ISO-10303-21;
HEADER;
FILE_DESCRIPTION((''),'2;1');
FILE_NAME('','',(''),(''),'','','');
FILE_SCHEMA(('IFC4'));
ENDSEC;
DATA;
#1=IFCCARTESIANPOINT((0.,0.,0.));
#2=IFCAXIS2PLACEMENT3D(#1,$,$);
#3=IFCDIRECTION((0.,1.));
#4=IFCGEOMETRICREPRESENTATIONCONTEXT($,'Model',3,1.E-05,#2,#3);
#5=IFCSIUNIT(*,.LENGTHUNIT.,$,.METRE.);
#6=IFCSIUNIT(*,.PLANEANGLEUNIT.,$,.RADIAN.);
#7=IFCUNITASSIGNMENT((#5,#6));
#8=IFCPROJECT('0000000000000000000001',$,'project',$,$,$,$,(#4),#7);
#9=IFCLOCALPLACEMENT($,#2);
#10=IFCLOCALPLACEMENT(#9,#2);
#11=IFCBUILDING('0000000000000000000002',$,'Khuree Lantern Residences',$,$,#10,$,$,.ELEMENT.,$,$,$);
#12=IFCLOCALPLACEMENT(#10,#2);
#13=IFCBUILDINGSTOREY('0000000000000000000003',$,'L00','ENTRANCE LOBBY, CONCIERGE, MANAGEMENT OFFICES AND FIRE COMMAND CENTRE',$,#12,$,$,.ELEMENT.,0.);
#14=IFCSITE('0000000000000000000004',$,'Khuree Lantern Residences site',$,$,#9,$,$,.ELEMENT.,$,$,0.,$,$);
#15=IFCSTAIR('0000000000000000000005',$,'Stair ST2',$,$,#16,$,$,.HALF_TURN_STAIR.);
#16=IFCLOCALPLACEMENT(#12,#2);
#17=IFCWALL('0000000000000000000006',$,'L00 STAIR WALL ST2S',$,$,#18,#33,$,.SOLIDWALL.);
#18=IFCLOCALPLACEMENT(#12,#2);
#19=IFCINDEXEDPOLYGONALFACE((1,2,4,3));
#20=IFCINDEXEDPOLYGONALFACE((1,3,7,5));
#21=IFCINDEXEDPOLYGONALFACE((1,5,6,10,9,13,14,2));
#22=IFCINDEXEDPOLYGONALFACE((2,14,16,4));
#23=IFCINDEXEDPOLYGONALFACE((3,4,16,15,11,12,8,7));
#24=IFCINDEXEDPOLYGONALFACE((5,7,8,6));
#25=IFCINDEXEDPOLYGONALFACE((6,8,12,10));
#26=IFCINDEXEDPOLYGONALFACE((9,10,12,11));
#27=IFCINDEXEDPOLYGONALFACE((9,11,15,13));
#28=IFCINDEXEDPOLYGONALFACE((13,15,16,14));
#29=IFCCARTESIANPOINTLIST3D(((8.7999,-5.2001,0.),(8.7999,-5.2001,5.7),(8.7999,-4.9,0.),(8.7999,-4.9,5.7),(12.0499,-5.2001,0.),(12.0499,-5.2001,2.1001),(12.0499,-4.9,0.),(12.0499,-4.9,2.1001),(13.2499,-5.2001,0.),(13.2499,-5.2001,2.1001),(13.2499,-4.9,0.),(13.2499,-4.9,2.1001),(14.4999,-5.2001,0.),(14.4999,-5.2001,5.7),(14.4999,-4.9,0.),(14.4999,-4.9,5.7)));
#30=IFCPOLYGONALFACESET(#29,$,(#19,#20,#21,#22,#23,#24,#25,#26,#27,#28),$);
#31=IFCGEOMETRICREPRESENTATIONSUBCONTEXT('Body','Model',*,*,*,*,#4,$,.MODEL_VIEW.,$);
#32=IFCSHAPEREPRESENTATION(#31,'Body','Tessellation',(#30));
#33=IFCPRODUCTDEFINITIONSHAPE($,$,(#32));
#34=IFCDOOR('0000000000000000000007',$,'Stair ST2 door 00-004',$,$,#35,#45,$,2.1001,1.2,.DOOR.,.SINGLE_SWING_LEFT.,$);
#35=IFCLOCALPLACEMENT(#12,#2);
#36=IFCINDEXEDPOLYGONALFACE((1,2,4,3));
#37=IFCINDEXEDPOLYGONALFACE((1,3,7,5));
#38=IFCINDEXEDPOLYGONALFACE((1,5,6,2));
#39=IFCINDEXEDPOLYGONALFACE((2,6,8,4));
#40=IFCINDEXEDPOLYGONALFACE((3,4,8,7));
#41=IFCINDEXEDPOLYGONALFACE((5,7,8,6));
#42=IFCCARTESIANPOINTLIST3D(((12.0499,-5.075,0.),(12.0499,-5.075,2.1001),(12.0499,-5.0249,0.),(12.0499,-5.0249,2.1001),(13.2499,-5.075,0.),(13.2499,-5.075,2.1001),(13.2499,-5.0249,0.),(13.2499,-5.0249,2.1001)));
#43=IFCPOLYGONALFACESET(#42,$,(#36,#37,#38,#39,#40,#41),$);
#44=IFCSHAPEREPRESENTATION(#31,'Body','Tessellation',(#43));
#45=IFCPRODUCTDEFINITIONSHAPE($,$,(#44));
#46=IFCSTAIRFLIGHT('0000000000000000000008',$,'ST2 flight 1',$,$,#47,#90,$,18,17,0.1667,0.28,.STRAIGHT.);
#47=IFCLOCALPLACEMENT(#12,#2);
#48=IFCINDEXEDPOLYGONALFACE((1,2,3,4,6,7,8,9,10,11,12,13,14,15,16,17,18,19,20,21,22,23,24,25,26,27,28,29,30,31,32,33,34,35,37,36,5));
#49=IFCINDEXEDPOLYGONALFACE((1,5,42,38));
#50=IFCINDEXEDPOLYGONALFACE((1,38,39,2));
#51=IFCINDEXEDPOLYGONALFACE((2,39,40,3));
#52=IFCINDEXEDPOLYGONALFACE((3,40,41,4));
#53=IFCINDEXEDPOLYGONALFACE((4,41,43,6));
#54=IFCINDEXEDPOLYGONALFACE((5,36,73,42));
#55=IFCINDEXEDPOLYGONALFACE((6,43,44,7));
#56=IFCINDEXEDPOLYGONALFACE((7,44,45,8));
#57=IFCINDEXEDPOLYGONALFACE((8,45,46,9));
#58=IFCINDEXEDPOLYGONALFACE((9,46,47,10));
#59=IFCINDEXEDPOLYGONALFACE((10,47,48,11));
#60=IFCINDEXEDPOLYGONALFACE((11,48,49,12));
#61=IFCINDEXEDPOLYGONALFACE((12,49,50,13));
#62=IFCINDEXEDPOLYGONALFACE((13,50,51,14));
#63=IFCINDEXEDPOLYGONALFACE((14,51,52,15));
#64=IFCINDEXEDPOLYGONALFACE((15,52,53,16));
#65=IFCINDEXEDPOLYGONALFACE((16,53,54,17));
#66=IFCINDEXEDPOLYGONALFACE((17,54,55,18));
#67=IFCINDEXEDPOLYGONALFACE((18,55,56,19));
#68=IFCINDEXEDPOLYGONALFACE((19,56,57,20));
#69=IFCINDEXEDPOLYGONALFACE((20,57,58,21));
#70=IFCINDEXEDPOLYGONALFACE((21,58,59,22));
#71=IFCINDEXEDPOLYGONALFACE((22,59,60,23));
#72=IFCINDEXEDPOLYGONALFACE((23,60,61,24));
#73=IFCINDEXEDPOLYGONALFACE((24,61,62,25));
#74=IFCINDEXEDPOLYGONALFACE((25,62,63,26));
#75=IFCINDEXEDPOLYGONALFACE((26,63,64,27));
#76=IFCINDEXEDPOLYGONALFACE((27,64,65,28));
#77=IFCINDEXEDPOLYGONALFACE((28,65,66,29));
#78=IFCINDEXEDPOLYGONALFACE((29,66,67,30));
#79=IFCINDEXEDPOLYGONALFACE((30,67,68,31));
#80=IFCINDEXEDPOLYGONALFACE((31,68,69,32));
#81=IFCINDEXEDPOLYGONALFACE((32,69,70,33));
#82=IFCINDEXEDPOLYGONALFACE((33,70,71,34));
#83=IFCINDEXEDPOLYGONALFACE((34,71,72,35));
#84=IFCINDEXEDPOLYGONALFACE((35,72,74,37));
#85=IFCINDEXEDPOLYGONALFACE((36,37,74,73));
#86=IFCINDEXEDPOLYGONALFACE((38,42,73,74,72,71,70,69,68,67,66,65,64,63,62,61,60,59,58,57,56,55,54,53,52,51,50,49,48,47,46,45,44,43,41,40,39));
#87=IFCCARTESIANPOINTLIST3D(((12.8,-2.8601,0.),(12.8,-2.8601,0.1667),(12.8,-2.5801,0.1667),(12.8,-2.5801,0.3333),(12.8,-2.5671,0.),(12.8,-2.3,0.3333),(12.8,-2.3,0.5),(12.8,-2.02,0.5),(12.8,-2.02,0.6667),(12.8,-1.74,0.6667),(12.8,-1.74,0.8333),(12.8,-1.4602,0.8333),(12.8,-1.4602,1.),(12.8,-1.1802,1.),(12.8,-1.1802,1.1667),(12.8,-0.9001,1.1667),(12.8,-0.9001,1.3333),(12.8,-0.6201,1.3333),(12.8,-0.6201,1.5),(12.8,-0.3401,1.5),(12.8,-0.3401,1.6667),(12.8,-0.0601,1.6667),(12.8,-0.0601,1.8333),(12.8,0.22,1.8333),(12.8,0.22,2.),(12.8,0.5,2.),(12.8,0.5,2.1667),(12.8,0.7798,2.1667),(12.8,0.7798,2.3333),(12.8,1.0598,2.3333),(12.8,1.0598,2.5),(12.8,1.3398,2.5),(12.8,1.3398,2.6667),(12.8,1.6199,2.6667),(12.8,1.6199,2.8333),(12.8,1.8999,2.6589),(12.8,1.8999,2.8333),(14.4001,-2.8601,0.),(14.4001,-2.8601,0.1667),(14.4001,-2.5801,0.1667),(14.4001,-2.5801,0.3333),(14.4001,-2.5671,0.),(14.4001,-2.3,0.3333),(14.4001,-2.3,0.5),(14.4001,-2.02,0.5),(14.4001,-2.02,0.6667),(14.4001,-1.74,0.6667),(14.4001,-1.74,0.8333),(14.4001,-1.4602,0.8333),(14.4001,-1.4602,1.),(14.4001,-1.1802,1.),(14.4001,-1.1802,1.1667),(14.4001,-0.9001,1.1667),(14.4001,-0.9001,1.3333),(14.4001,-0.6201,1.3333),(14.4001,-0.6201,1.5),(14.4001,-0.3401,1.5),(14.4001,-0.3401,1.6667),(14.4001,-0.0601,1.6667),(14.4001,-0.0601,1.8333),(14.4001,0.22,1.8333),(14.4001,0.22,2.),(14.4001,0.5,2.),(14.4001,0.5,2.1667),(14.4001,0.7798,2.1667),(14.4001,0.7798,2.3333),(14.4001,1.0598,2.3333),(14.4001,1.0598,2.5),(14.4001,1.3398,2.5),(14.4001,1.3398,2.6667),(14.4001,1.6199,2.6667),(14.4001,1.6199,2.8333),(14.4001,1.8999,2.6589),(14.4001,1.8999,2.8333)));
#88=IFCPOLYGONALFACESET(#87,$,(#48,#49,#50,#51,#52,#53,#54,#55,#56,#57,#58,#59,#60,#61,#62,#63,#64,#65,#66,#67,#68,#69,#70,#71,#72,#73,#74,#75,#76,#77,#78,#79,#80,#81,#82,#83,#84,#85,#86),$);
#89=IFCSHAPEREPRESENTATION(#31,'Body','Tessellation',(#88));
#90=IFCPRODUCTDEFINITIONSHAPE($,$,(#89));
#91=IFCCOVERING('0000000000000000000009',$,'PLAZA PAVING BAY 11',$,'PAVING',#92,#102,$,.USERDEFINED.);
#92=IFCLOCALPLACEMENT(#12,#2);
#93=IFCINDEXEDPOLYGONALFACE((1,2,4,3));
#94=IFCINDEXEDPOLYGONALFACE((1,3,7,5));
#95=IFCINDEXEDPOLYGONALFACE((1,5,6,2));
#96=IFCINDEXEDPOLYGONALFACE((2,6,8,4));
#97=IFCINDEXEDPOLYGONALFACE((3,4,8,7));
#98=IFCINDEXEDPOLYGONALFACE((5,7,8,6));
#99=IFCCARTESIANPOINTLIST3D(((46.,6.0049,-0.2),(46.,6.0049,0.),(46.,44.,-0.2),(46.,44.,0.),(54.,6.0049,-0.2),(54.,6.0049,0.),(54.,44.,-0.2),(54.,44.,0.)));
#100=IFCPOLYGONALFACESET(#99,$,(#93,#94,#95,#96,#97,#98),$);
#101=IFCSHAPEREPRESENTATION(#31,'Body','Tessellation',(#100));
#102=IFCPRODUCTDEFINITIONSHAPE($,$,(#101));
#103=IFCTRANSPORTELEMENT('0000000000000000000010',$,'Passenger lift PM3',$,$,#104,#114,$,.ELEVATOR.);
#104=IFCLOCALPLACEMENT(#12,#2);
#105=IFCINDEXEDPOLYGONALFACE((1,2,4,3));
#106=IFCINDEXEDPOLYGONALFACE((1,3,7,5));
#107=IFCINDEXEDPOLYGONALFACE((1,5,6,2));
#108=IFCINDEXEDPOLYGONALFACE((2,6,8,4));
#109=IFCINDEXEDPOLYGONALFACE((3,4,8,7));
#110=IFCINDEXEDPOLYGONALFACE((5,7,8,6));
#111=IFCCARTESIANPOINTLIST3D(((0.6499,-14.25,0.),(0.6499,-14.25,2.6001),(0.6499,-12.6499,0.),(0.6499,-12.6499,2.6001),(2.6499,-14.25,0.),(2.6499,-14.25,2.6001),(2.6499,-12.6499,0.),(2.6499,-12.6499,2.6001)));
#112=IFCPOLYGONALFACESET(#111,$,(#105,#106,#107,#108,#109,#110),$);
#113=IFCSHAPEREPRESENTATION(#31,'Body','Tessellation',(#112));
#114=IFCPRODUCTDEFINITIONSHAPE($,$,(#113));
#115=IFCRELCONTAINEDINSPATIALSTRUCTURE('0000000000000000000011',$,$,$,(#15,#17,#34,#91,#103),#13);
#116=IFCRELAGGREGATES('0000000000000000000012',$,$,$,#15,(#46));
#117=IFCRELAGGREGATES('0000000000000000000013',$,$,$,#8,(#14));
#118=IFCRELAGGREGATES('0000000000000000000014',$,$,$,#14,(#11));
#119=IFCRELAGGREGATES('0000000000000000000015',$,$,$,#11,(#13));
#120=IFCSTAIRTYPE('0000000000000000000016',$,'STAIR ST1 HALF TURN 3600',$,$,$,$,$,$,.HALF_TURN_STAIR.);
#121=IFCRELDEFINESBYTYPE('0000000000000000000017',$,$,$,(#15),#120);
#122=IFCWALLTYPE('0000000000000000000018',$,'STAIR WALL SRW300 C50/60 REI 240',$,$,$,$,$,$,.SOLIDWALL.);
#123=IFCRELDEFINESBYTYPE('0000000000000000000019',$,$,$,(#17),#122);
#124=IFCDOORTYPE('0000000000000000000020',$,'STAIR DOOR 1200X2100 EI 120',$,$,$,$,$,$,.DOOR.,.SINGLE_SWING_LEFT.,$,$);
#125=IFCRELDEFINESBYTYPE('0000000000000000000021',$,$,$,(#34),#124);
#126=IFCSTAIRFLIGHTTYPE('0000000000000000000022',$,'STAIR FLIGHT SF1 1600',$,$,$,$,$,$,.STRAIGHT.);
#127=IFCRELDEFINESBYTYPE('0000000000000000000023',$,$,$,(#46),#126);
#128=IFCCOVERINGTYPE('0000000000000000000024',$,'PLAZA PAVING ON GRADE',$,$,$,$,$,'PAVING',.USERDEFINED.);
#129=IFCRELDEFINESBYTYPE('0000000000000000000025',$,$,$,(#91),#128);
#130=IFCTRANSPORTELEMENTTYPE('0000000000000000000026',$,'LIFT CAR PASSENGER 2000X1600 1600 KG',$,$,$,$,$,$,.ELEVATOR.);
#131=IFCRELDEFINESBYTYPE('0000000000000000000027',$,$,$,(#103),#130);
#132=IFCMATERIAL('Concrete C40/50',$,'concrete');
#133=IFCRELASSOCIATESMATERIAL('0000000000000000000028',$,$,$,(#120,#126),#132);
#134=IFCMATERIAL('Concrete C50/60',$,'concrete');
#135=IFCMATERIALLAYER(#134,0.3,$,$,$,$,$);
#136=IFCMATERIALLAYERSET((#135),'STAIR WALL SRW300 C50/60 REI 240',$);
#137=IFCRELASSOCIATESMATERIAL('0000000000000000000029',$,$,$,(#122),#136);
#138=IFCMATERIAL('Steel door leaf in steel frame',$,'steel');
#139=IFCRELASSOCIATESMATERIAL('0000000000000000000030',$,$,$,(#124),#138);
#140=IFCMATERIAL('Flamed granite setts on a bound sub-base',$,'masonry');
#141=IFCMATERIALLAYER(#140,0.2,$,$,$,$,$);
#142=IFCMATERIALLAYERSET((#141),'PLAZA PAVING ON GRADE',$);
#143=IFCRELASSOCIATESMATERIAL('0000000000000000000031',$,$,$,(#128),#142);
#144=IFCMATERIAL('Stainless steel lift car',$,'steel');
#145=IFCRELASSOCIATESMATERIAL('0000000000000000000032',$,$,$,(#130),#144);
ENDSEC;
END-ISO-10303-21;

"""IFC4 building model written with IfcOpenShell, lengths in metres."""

from ifc_helpers import new_model, si_unit, direction, frame, frame_2d, origin, origin_2d, place, context, subcontext, project, spatial, polyline, rectangle, outline, extrude, material, layer, layer_set, type_object, element, fill, aggregate, save


model = new_model("IFC4")

# Units and contexts
model_context = context("Model", 3, precision=1e-05, world=origin(), true_north=direction((0.0, 1.0)))
body_context = subcontext(model_context, "Body", "Model", "MODEL_VIEW")
ifc_project = project(units=[si_unit("LENGTHUNIT", "METRE"), si_unit("PLANEANGLEUNIT", "RADIAN")], contexts=[model_context])

# Site, building, storey
site_placement = place(None, origin())
site = spatial("IfcSite", under=ifc_project, at=site_placement, Name="Khuree Lantern Residences site", CompositionType="ELEMENT", RefElevation=0.0)
building_placement = place(site_placement, origin())
building = spatial("IfcBuilding", under=site, at=building_placement, Name="Khuree Lantern Residences", CompositionType="ELEMENT")
storey_placement = place(building_placement, origin())
storey = spatial("IfcBuildingStorey", under=building, at=storey_placement, Name="L00", Description="ENTRANCE LOBBY, CONCIERGE, MANAGEMENT OFFICES AND FIRE COMMAND CENTRE", CompositionType="ELEMENT", Elevation=0.0)

# Shared definitions
ifc_material_1 = material(Name="Concrete C40/50", Category="concrete")

# Stair
stair_type_1 = type_object("IfcStairType", Name="STAIR ST1 HALF TURN 3600", PredefinedType="HALF_TURN_STAIR", material=ifc_material_1)
stair_1_placement = place(storey_placement, origin())
stair_1 = element("IfcStair", 1, at=stair_1_placement, inside=storey, type_object=stair_type_1, Name="Stair ST2", PredefinedType="HALF_TURN_STAIR")

# Shared definitions
ifc_material_2 = material(Name="Concrete C50/60", Category="concrete")
ifc_layer_1 = layer(ifc_material_2, 0.3)
ifc_layer_set_1 = layer_set([ifc_layer_1], Name="STAIR WALL SRW300 C50/60 REI 240")
wall_type_1 = type_object("IfcWallType", Name="STAIR WALL SRW300 C50/60 REI 240", PredefinedType="SOLIDWALL", material=ifc_layer_set_1)

# Wall, opening, door
wall_1_placement = place(storey_placement, frame((14.5, -5.05, 0.0), z_axis=(0.0, 0.0, 1.0), x_axis=(-1.0, 0.0, 0.0)))
wall_1 = element("IfcWall", 2, at=wall_1_placement, inside=storey, type_object=wall_type_1, Name="L00 STAIR WALL ST2S", PredefinedType="SOLIDWALL", context=body_context, shape_type="SweptSolid", body=[
    extrude(rectangle(XDim=5.7, YDim=0.3, at=frame_2d((2.8501, 0.0))), origin(), (0.0, 0.0, 1.0), 5.7),
])
opening_1_placement = place(wall_1_placement, frame((1.25, 0.0, 0.0)))
opening_1 = element("IfcOpeningElement", 3, at=opening_1_placement, cuts=wall_1, PredefinedType="OPENING", context=body_context, shape_type="SweptSolid", body=[
    extrude(rectangle(XDim=1.2, YDim=2.1001, at=frame_2d((0.6001, 1.05))), frame((0.0, 0.1602, 0.0), z_axis=(0.0, -1.0, 0.0), x_axis=(1.0, 0.0, 0.0)), (0.0, 0.0, 1.0), 0.3201),
])
ifc_material_3 = material(Name="Steel door leaf in steel frame", Category="steel")
door_type_1 = type_object("IfcDoorType", Name="STAIR DOOR 1200X2100 EI 120", OperationType="SINGLE_SWING_LEFT", PredefinedType="DOOR", material=ifc_material_3)
door_1_placement = place(opening_1_placement, origin())
door_1 = element("IfcDoor", 4, at=door_1_placement, inside=storey, type_object=door_type_1, Name="Stair ST2 door 00-004", OperationType="SINGLE_SWING_LEFT", OverallHeight=2.1001, OverallWidth=1.2, PredefinedType="DOOR", context=body_context, shape_type="SweptSolid", body=[
    extrude(rectangle(XDim=1.2, YDim=2.1001, at=frame_2d((0.6001, 1.05))), frame((0.0, 0.0249, 0.0), z_axis=(0.0, -1.0, 0.0), x_axis=(1.0, 0.0, 0.0)), (0.0, 0.0, 1.0), 0.05),
])
fill(opening_1, door_1)

# Stair flight
stair_flight_type = type_object("IfcStairFlightType", Name="STAIR FLIGHT SF1 1600", PredefinedType="STRAIGHT", material=ifc_material_1)
stair_flight_placement = place(storey_placement, frame((13.6001, -2.8601, 0.0), z_axis=(0.0, 0.0, 1.0), x_axis=(0.0, 1.0, 0.0)))
stair_flight = element("IfcStairFlight", 5, at=stair_flight_placement, type_object=stair_flight_type, Name="ST2 flight 1", NumberOfRisers=18, NumberOfTreads=17, PredefinedType="STRAIGHT", RiserHeight=0.1667, TreadLength=0.28, context=body_context, shape_type="SweptSolid", body=[
    extrude(outline(polyline([(0.0, 0.0), (0.0, 0.1667), (0.28, 0.1667), (0.28, 0.3333), (0.5601, 0.3333), (0.5601, 0.5), (0.8401, 0.5), (0.8401, 0.6667), (1.1201, 0.6667), (1.1201, 0.8333), (1.3999, 0.8333), (1.3999, 1.0), (1.6799, 1.0), (1.6799, 1.1667), (1.96, 1.1667), (1.96, 1.3333), (2.24, 1.3333), (2.24, 1.5), (2.52, 1.5), (2.52, 1.6667), (2.8, 1.6667), (2.8, 1.8333), (3.0801, 1.8333), (3.0801, 2.0), (3.3601, 2.0), (3.3601, 2.1667), (3.6399, 2.1667), (3.6399, 2.3333), (3.9199, 2.3333), (3.9199, 2.5), (4.2, 2.5), (4.2, 2.6667), (4.48, 2.6667), (4.48, 2.8333), (4.76, 2.8333), (4.76, 3.0), (4.76, 2.6589), (0.293, 0.0), (0.0, 0.0)])), frame((0.0, 0.8, 0.0), z_axis=(0.0, -1.0, 0.0), x_axis=(1.0, 0.0, 0.0)), (0.0, 0.0, 1.0), 1.6001),
])
aggregate(stair_1, [stair_flight])

# Covering
ifc_material_4 = material(Name="Flamed granite setts on a bound sub-base", Category="masonry")
ifc_layer_2 = layer(ifc_material_4, 0.2)
ifc_layer_set_2 = layer_set([ifc_layer_2], Name="PLAZA PAVING ON GRADE")
covering_type = type_object("IfcCoveringType", Name="PLAZA PAVING ON GRADE", ElementType="PAVING", PredefinedType="USERDEFINED", material=ifc_layer_set_2)
covering_placement = place(storey_placement, frame((0.0, 0.0, -0.2)))
element("IfcCovering", 6, at=covering_placement, inside=storey, type_object=covering_type, Name="PLAZA PAVING BAY 11", ObjectType="PAVING", PredefinedType="USERDEFINED", context=body_context, shape_type="SweptSolid", body=[
    extrude(outline(polyline([(54.0, 6.0049), (46.0, 6.0049), (46.0, 44.0), (54.0, 44.0), (54.0, 6.0049)])), origin(), (0.0, 0.0, 1.0), 0.2),
])

# Transport element
ifc_material_5 = material(Name="Stainless steel lift car", Category="steel")
transport_element_type = type_object("IfcTransportElementType", Name="LIFT CAR PASSENGER 2000X1600 1600 KG", PredefinedType="ELEVATOR", material=ifc_material_5)
transport_element_placement = place(storey_placement, frame((1.6499, -13.45, 0.0), z_axis=(0.0, 0.0, 1.0), x_axis=(1.0, 0.0, 0.0)))
element("IfcTransportElement", 7, at=transport_element_placement, inside=storey, type_object=transport_element_type, Name="Passenger lift PM3", PredefinedType="ELEVATOR", context=body_context, shape_type="SweptSolid", body=[
    extrude(rectangle(XDim=2.0, YDim=1.6001, at=origin_2d()), origin(), (0.0, 0.0, 1.0), 2.6001),
])

save(model, "model.ifc")
